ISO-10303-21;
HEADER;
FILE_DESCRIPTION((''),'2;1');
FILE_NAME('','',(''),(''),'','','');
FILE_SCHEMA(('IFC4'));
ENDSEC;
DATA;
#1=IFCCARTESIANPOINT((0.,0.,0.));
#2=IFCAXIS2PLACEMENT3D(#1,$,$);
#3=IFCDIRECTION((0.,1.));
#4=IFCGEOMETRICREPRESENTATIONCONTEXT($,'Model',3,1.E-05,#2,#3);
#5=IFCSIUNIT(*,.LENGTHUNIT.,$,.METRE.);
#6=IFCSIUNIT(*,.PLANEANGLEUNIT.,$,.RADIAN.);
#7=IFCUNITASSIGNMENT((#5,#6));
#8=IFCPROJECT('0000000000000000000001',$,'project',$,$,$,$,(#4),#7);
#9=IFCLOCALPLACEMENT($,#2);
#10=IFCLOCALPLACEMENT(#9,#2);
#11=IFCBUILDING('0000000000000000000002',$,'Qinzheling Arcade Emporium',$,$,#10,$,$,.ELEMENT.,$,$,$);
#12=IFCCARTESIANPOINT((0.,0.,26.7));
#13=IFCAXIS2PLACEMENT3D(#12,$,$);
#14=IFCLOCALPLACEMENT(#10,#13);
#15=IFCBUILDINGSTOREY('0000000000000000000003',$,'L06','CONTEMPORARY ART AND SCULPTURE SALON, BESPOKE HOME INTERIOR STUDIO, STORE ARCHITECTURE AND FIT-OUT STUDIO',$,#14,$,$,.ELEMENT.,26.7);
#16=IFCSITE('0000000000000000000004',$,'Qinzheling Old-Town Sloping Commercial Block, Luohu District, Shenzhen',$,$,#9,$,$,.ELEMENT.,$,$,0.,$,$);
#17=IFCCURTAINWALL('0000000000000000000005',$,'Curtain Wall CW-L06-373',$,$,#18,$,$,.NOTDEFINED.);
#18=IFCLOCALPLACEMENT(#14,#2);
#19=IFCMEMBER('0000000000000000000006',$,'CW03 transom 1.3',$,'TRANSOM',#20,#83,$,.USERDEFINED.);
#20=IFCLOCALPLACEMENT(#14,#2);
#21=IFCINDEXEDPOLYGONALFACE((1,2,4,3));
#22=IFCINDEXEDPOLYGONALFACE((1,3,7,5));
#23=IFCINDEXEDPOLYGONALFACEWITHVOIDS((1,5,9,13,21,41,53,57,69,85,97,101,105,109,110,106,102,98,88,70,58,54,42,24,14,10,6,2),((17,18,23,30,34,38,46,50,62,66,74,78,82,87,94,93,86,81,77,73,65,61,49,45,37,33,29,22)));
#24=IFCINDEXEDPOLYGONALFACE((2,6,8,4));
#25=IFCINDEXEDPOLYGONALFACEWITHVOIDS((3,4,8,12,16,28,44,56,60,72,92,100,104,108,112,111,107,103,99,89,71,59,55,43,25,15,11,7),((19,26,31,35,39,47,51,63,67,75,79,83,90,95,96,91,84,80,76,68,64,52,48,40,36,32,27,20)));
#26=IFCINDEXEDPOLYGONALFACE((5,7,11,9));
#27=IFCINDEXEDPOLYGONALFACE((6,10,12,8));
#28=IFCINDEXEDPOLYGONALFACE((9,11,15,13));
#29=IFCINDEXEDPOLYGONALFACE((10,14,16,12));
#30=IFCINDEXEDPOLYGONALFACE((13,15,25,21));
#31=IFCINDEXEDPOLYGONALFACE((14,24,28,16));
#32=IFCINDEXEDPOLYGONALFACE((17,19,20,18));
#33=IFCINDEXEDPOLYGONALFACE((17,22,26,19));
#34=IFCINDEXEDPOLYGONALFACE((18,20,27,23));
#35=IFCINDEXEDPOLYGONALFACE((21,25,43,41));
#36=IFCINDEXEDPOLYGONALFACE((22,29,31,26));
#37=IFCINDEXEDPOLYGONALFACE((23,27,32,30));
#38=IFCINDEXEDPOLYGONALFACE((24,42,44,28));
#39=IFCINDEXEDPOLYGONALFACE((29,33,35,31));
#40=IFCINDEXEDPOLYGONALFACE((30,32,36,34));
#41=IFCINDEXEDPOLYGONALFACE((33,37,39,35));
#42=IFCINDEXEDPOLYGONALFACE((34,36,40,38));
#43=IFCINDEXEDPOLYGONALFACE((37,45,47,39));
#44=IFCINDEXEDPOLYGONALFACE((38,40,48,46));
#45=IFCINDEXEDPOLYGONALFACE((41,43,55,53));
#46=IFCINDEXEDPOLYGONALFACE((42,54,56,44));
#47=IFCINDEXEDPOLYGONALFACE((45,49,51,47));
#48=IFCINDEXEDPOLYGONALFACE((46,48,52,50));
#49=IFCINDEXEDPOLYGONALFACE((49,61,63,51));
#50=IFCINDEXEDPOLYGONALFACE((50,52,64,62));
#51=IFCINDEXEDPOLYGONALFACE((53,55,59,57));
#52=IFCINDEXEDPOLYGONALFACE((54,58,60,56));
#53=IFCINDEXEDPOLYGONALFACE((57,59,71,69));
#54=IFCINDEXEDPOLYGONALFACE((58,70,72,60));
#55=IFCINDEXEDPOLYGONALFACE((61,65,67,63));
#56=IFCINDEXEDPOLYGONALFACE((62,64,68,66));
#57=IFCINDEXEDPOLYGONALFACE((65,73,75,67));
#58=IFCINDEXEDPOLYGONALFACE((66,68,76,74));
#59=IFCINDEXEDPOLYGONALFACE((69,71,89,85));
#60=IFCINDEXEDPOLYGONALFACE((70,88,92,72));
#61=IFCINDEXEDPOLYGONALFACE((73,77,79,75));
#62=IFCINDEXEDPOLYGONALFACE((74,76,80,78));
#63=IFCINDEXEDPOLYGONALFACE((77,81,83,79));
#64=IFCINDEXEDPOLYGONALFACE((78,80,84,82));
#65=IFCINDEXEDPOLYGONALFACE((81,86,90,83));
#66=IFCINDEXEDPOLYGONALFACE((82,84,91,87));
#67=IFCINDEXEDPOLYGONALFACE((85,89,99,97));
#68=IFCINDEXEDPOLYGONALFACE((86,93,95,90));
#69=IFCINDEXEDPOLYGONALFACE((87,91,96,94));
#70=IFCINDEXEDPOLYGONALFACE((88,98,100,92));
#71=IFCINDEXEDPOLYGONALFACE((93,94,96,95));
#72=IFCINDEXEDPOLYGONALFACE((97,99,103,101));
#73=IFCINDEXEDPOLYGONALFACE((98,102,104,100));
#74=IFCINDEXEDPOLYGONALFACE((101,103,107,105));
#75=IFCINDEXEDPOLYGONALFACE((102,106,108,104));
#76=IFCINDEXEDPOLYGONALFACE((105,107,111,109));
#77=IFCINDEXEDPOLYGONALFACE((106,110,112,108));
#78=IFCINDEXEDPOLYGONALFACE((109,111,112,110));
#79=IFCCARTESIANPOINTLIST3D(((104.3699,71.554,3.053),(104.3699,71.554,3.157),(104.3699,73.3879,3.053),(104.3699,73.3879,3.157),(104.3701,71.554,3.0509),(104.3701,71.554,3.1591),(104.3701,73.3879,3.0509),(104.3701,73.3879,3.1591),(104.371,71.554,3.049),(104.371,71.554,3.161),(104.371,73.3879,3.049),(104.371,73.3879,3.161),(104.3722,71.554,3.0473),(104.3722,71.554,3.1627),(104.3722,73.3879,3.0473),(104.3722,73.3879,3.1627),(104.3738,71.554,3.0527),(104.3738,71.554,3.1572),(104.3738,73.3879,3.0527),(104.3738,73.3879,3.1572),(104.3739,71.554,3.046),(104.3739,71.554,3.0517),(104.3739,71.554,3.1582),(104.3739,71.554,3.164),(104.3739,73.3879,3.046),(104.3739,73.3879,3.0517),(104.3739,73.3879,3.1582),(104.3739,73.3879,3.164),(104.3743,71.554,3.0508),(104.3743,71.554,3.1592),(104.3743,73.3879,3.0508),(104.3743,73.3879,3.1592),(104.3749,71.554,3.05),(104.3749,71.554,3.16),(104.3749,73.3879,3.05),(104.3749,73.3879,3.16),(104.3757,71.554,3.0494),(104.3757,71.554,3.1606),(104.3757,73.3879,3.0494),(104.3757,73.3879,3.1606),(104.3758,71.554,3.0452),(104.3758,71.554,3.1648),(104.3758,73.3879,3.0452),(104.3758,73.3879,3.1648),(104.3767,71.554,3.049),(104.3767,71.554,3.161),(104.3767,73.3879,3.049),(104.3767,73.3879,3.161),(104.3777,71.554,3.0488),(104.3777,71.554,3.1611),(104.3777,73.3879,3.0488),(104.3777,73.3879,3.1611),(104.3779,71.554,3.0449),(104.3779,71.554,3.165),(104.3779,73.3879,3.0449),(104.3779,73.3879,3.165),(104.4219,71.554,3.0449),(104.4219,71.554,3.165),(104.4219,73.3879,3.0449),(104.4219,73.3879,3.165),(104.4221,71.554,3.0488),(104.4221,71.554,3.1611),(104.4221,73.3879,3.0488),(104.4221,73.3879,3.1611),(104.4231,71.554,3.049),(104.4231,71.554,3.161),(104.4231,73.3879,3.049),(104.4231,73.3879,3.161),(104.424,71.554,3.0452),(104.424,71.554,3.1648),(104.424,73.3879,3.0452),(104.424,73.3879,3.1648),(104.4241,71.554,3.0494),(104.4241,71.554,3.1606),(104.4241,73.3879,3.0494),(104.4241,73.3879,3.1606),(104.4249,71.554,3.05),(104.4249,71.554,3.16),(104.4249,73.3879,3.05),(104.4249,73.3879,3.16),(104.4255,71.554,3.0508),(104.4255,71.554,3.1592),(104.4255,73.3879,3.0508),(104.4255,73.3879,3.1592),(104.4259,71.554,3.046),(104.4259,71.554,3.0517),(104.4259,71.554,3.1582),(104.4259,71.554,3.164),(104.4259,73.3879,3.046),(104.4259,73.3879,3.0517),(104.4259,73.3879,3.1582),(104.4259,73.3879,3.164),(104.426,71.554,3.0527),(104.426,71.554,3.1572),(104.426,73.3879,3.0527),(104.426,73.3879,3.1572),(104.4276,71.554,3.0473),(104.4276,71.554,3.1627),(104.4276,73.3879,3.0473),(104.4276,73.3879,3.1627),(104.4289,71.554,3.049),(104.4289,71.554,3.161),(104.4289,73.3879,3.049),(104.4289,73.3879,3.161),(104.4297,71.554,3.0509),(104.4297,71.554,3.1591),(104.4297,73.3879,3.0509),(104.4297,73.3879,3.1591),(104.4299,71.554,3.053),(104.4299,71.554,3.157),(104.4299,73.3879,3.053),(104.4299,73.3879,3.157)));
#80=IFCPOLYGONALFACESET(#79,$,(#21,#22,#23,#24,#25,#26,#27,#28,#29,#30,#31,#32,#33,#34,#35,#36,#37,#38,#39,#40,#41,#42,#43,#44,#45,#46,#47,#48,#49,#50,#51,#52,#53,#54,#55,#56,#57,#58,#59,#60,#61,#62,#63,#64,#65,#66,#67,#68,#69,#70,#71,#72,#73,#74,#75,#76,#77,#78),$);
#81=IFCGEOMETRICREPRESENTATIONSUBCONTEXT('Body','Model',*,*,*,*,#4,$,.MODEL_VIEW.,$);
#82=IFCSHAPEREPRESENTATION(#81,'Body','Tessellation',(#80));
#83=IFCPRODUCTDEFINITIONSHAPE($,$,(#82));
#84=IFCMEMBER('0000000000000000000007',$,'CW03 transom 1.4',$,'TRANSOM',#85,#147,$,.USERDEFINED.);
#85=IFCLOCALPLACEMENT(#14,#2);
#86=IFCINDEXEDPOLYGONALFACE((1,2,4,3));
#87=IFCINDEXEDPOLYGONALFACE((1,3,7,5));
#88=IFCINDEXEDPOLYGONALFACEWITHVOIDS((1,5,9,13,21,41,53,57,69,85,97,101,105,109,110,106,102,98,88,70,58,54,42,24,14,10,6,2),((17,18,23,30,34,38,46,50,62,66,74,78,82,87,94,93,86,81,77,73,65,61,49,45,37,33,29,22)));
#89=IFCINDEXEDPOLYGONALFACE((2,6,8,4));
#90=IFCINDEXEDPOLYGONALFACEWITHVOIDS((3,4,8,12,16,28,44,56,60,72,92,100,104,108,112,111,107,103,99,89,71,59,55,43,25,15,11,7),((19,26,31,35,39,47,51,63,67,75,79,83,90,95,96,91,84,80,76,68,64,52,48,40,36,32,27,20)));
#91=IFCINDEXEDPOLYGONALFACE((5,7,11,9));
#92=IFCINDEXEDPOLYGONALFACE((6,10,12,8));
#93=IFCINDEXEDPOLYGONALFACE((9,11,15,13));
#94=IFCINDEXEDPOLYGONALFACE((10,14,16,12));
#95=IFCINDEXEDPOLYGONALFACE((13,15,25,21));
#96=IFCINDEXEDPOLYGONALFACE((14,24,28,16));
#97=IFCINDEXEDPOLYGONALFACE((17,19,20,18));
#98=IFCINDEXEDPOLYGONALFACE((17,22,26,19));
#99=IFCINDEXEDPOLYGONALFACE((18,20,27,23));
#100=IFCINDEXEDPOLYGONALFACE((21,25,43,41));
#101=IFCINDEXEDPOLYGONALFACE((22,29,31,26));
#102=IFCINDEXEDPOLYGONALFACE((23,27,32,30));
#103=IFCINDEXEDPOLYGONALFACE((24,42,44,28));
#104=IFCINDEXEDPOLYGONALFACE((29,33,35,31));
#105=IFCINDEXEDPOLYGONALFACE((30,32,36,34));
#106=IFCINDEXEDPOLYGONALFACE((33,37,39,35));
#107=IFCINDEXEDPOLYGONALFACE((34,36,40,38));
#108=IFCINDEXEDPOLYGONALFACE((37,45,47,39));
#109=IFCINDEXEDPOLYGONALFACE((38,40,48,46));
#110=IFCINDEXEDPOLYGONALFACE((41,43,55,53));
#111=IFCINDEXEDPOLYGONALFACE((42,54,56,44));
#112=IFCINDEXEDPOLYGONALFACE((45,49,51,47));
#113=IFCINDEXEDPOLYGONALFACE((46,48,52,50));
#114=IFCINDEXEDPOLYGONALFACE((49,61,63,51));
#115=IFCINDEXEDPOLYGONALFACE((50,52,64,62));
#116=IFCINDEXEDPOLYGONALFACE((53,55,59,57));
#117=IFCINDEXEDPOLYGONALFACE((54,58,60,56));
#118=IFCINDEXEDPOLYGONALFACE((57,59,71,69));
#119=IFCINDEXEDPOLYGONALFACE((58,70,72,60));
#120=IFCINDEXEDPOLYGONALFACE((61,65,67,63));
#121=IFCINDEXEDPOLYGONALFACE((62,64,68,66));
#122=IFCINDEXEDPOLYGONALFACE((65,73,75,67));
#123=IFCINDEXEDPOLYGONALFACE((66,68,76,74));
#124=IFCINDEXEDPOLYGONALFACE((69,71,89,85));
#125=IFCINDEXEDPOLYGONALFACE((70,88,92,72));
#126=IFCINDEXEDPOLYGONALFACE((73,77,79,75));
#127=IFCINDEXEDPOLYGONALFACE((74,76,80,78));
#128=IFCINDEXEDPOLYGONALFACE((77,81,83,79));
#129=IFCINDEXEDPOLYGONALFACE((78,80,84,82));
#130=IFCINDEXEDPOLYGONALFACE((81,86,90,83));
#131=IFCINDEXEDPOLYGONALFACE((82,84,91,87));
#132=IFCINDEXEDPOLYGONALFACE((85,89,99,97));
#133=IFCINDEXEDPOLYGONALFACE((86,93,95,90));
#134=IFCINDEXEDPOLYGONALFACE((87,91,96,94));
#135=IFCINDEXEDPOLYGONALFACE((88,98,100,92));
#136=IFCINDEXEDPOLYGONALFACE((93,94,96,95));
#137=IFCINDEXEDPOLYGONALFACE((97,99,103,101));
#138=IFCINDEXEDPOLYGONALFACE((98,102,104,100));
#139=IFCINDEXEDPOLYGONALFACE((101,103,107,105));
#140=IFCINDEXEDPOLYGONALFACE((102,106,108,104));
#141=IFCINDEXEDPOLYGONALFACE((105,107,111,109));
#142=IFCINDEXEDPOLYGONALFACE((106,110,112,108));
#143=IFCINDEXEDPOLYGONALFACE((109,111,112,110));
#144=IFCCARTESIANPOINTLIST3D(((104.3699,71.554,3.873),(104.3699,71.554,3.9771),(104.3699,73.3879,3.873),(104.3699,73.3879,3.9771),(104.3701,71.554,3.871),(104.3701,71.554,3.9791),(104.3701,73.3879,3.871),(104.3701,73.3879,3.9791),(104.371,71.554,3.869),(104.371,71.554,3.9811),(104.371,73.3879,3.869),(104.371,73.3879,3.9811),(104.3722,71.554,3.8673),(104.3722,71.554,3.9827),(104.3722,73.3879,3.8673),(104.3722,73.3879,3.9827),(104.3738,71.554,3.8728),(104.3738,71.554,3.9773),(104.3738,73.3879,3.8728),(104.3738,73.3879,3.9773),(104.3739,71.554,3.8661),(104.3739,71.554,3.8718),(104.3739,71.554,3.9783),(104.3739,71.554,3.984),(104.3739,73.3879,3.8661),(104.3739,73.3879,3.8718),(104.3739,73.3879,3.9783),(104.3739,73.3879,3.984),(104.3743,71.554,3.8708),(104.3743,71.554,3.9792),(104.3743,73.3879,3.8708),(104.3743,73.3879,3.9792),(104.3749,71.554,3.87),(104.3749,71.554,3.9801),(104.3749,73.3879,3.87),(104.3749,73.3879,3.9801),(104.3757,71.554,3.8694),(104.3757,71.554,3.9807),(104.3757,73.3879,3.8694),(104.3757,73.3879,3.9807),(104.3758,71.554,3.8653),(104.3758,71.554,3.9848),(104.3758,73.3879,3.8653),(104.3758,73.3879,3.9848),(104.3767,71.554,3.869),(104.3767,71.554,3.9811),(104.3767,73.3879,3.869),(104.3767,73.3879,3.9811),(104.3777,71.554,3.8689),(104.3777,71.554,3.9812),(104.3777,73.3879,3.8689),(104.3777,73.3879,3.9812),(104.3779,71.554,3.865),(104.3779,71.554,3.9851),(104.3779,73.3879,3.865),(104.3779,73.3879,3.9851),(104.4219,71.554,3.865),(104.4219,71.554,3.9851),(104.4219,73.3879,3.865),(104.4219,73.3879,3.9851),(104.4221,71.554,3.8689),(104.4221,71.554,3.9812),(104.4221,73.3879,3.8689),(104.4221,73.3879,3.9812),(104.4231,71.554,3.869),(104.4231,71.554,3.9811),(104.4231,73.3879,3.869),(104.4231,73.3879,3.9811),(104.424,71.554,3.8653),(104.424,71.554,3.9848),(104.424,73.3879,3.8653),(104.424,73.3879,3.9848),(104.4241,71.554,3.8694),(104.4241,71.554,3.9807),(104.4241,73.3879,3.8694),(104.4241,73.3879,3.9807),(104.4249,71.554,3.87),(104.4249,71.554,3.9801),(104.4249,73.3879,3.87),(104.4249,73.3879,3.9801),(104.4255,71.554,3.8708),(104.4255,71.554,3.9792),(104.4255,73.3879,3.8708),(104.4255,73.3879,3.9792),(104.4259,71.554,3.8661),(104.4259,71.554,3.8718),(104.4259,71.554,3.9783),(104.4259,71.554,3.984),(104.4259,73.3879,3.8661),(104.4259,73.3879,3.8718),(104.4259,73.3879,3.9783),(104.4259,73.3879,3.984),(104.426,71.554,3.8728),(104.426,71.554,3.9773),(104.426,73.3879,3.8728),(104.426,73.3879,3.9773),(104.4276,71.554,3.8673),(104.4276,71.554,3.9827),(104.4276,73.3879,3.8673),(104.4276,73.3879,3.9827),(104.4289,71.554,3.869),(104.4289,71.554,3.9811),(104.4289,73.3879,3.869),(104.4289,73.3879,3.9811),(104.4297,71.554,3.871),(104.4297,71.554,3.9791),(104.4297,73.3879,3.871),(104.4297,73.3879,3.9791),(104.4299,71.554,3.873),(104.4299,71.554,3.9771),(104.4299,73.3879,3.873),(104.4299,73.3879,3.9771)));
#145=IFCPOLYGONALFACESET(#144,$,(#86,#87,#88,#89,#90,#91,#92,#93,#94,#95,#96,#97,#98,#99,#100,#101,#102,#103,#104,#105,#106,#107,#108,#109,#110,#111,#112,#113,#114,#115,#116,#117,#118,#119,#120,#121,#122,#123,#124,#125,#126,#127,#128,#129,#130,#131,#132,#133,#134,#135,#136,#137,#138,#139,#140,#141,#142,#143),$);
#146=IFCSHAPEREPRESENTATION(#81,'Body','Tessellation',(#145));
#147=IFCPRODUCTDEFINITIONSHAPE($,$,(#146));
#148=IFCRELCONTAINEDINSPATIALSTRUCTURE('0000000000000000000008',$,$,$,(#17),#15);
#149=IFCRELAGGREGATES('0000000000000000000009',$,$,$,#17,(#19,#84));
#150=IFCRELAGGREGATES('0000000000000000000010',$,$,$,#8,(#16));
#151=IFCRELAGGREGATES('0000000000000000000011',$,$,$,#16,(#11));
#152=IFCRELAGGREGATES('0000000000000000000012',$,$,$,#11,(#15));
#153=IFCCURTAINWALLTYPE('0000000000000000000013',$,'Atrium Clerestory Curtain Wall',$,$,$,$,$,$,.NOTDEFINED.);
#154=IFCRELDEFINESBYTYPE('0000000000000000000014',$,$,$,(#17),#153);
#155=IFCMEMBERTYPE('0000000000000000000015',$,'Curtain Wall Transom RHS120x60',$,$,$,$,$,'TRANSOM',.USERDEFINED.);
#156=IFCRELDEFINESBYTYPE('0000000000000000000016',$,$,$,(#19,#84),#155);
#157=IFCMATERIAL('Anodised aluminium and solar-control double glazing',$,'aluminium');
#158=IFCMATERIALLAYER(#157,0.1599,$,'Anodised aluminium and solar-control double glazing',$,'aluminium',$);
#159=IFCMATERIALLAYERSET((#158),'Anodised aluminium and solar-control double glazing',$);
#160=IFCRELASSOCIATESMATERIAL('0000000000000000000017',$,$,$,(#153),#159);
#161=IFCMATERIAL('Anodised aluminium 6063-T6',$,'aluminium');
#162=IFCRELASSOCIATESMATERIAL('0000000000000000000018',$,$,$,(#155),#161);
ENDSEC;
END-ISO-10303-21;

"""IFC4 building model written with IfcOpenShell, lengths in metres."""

from ifc_helpers import new_model, si_unit, direction, frame, origin, origin_2d, place, context, subcontext, project, spatial, hollow_rectangle, extrude, material, layer, layer_set, material_profile, profile_set, type_object, element, aggregate, save


model = new_model("IFC4")

# Units and contexts
model_context = context("Model", 3, precision=1e-05, world=origin(), true_north=direction((0.0, 1.0)))
body_context = subcontext(model_context, "Body", "Model", "MODEL_VIEW")
ifc_project = project(units=[si_unit("LENGTHUNIT", "METRE"), si_unit("PLANEANGLEUNIT", "RADIAN")], contexts=[model_context])

# Site, building, storey
site_placement = place(None, origin())
site = spatial("IfcSite", under=ifc_project, at=site_placement, Name="Qinzheling Old-Town Sloping Commercial Block, Luohu District, Shenzhen", CompositionType="ELEMENT", RefElevation=0.0)
building_placement = place(site_placement, origin())
building = spatial("IfcBuilding", under=site, at=building_placement, Name="Qinzheling Arcade Emporium", CompositionType="ELEMENT")
storey_placement = place(building_placement, frame((0.0, 0.0, 26.7)))
storey = spatial("IfcBuildingStorey", under=building, at=storey_placement, Name="L06", Description="CONTEMPORARY ART AND SCULPTURE SALON, BESPOKE HOME INTERIOR STUDIO, STORE ARCHITECTURE AND FIT-OUT STUDIO", CompositionType="ELEMENT", Elevation=26.7)

# Curtain wall, members
ifc_material_1 = material(Name="Anodised aluminium and solar-control double glazing", Category="aluminium")
ifc_layer_1 = layer(ifc_material_1, 0.1599, Name="Anodised aluminium and solar-control double glazing", Category="aluminium")
ifc_layer_set_1 = layer_set([ifc_layer_1], Name="Anodised aluminium and solar-control double glazing")
curtain_wall_type = type_object("IfcCurtainWallType", Name="Atrium Clerestory Curtain Wall", PredefinedType="NOTDEFINED", material=ifc_layer_set_1)
curtain_wall_placement = place(storey_placement, origin())
curtain_wall = element("IfcCurtainWall", 1, at=curtain_wall_placement, inside=storey, type_object=curtain_wall_type, Name="Curtain Wall CW-L06-373", PredefinedType="NOTDEFINED")
ifc_material_2 = material(Name="Anodised aluminium 6063-T6", Category="aluminium")
ifc_material_profile_1 = material_profile(ifc_material_2, hollow_rectangle(XDim=0.0601, YDim=0.1201, WallThickness=0.0039, InnerFilletRadius=0.0039, OuterFilletRadius=0.0081, at=origin_2d()), Name="RHS 120x60x4", Category="aluminium")
ifc_profile_set_1 = profile_set([ifc_material_profile_1], Name="Anodised aluminium 6063-T6")
member_type_1 = type_object("IfcMemberType", Name="Curtain Wall Transom RHS120x60", ElementType="TRANSOM", PredefinedType="USERDEFINED", material=ifc_profile_set_1)
member_1_placement = place(storey_placement, frame((104.3999, 73.3879, 3.105), z_axis=(0.0, -1.0, 0.0), x_axis=(1.0, 0.0, 0.0)))
member_1 = element("IfcMember", 2, at=member_1_placement, type_object=member_type_1, Name="CW03 transom 1.3", ObjectType="TRANSOM", PredefinedType="USERDEFINED", context=body_context, shape_type="SweptSolid", body=[
    extrude(hollow_rectangle(XDim=0.0601, YDim=0.1201, WallThickness=0.0039, InnerFilletRadius=0.0039, OuterFilletRadius=0.0081, at=origin_2d()), origin(), (0.0, 0.0, 1.0), 1.834),
])
member_2_placement = place(storey_placement, frame((104.3999, 73.3879, 3.925), z_axis=(0.0, -1.0, 0.0), x_axis=(1.0, 0.0, 0.0)))
member_2 = element("IfcMember", 3, at=member_2_placement, type_object=member_type_1, Name="CW03 transom 1.4", ObjectType="TRANSOM", PredefinedType="USERDEFINED", context=body_context, shape_type="SweptSolid", body=[
    extrude(hollow_rectangle(XDim=0.0601, YDim=0.1201, WallThickness=0.0039, InnerFilletRadius=0.0039, OuterFilletRadius=0.0081, at=origin_2d()), origin(), (0.0, 0.0, 1.0), 1.834),
])
aggregate(curtain_wall, [member_1, member_2])

save(model, "model.ifc")
